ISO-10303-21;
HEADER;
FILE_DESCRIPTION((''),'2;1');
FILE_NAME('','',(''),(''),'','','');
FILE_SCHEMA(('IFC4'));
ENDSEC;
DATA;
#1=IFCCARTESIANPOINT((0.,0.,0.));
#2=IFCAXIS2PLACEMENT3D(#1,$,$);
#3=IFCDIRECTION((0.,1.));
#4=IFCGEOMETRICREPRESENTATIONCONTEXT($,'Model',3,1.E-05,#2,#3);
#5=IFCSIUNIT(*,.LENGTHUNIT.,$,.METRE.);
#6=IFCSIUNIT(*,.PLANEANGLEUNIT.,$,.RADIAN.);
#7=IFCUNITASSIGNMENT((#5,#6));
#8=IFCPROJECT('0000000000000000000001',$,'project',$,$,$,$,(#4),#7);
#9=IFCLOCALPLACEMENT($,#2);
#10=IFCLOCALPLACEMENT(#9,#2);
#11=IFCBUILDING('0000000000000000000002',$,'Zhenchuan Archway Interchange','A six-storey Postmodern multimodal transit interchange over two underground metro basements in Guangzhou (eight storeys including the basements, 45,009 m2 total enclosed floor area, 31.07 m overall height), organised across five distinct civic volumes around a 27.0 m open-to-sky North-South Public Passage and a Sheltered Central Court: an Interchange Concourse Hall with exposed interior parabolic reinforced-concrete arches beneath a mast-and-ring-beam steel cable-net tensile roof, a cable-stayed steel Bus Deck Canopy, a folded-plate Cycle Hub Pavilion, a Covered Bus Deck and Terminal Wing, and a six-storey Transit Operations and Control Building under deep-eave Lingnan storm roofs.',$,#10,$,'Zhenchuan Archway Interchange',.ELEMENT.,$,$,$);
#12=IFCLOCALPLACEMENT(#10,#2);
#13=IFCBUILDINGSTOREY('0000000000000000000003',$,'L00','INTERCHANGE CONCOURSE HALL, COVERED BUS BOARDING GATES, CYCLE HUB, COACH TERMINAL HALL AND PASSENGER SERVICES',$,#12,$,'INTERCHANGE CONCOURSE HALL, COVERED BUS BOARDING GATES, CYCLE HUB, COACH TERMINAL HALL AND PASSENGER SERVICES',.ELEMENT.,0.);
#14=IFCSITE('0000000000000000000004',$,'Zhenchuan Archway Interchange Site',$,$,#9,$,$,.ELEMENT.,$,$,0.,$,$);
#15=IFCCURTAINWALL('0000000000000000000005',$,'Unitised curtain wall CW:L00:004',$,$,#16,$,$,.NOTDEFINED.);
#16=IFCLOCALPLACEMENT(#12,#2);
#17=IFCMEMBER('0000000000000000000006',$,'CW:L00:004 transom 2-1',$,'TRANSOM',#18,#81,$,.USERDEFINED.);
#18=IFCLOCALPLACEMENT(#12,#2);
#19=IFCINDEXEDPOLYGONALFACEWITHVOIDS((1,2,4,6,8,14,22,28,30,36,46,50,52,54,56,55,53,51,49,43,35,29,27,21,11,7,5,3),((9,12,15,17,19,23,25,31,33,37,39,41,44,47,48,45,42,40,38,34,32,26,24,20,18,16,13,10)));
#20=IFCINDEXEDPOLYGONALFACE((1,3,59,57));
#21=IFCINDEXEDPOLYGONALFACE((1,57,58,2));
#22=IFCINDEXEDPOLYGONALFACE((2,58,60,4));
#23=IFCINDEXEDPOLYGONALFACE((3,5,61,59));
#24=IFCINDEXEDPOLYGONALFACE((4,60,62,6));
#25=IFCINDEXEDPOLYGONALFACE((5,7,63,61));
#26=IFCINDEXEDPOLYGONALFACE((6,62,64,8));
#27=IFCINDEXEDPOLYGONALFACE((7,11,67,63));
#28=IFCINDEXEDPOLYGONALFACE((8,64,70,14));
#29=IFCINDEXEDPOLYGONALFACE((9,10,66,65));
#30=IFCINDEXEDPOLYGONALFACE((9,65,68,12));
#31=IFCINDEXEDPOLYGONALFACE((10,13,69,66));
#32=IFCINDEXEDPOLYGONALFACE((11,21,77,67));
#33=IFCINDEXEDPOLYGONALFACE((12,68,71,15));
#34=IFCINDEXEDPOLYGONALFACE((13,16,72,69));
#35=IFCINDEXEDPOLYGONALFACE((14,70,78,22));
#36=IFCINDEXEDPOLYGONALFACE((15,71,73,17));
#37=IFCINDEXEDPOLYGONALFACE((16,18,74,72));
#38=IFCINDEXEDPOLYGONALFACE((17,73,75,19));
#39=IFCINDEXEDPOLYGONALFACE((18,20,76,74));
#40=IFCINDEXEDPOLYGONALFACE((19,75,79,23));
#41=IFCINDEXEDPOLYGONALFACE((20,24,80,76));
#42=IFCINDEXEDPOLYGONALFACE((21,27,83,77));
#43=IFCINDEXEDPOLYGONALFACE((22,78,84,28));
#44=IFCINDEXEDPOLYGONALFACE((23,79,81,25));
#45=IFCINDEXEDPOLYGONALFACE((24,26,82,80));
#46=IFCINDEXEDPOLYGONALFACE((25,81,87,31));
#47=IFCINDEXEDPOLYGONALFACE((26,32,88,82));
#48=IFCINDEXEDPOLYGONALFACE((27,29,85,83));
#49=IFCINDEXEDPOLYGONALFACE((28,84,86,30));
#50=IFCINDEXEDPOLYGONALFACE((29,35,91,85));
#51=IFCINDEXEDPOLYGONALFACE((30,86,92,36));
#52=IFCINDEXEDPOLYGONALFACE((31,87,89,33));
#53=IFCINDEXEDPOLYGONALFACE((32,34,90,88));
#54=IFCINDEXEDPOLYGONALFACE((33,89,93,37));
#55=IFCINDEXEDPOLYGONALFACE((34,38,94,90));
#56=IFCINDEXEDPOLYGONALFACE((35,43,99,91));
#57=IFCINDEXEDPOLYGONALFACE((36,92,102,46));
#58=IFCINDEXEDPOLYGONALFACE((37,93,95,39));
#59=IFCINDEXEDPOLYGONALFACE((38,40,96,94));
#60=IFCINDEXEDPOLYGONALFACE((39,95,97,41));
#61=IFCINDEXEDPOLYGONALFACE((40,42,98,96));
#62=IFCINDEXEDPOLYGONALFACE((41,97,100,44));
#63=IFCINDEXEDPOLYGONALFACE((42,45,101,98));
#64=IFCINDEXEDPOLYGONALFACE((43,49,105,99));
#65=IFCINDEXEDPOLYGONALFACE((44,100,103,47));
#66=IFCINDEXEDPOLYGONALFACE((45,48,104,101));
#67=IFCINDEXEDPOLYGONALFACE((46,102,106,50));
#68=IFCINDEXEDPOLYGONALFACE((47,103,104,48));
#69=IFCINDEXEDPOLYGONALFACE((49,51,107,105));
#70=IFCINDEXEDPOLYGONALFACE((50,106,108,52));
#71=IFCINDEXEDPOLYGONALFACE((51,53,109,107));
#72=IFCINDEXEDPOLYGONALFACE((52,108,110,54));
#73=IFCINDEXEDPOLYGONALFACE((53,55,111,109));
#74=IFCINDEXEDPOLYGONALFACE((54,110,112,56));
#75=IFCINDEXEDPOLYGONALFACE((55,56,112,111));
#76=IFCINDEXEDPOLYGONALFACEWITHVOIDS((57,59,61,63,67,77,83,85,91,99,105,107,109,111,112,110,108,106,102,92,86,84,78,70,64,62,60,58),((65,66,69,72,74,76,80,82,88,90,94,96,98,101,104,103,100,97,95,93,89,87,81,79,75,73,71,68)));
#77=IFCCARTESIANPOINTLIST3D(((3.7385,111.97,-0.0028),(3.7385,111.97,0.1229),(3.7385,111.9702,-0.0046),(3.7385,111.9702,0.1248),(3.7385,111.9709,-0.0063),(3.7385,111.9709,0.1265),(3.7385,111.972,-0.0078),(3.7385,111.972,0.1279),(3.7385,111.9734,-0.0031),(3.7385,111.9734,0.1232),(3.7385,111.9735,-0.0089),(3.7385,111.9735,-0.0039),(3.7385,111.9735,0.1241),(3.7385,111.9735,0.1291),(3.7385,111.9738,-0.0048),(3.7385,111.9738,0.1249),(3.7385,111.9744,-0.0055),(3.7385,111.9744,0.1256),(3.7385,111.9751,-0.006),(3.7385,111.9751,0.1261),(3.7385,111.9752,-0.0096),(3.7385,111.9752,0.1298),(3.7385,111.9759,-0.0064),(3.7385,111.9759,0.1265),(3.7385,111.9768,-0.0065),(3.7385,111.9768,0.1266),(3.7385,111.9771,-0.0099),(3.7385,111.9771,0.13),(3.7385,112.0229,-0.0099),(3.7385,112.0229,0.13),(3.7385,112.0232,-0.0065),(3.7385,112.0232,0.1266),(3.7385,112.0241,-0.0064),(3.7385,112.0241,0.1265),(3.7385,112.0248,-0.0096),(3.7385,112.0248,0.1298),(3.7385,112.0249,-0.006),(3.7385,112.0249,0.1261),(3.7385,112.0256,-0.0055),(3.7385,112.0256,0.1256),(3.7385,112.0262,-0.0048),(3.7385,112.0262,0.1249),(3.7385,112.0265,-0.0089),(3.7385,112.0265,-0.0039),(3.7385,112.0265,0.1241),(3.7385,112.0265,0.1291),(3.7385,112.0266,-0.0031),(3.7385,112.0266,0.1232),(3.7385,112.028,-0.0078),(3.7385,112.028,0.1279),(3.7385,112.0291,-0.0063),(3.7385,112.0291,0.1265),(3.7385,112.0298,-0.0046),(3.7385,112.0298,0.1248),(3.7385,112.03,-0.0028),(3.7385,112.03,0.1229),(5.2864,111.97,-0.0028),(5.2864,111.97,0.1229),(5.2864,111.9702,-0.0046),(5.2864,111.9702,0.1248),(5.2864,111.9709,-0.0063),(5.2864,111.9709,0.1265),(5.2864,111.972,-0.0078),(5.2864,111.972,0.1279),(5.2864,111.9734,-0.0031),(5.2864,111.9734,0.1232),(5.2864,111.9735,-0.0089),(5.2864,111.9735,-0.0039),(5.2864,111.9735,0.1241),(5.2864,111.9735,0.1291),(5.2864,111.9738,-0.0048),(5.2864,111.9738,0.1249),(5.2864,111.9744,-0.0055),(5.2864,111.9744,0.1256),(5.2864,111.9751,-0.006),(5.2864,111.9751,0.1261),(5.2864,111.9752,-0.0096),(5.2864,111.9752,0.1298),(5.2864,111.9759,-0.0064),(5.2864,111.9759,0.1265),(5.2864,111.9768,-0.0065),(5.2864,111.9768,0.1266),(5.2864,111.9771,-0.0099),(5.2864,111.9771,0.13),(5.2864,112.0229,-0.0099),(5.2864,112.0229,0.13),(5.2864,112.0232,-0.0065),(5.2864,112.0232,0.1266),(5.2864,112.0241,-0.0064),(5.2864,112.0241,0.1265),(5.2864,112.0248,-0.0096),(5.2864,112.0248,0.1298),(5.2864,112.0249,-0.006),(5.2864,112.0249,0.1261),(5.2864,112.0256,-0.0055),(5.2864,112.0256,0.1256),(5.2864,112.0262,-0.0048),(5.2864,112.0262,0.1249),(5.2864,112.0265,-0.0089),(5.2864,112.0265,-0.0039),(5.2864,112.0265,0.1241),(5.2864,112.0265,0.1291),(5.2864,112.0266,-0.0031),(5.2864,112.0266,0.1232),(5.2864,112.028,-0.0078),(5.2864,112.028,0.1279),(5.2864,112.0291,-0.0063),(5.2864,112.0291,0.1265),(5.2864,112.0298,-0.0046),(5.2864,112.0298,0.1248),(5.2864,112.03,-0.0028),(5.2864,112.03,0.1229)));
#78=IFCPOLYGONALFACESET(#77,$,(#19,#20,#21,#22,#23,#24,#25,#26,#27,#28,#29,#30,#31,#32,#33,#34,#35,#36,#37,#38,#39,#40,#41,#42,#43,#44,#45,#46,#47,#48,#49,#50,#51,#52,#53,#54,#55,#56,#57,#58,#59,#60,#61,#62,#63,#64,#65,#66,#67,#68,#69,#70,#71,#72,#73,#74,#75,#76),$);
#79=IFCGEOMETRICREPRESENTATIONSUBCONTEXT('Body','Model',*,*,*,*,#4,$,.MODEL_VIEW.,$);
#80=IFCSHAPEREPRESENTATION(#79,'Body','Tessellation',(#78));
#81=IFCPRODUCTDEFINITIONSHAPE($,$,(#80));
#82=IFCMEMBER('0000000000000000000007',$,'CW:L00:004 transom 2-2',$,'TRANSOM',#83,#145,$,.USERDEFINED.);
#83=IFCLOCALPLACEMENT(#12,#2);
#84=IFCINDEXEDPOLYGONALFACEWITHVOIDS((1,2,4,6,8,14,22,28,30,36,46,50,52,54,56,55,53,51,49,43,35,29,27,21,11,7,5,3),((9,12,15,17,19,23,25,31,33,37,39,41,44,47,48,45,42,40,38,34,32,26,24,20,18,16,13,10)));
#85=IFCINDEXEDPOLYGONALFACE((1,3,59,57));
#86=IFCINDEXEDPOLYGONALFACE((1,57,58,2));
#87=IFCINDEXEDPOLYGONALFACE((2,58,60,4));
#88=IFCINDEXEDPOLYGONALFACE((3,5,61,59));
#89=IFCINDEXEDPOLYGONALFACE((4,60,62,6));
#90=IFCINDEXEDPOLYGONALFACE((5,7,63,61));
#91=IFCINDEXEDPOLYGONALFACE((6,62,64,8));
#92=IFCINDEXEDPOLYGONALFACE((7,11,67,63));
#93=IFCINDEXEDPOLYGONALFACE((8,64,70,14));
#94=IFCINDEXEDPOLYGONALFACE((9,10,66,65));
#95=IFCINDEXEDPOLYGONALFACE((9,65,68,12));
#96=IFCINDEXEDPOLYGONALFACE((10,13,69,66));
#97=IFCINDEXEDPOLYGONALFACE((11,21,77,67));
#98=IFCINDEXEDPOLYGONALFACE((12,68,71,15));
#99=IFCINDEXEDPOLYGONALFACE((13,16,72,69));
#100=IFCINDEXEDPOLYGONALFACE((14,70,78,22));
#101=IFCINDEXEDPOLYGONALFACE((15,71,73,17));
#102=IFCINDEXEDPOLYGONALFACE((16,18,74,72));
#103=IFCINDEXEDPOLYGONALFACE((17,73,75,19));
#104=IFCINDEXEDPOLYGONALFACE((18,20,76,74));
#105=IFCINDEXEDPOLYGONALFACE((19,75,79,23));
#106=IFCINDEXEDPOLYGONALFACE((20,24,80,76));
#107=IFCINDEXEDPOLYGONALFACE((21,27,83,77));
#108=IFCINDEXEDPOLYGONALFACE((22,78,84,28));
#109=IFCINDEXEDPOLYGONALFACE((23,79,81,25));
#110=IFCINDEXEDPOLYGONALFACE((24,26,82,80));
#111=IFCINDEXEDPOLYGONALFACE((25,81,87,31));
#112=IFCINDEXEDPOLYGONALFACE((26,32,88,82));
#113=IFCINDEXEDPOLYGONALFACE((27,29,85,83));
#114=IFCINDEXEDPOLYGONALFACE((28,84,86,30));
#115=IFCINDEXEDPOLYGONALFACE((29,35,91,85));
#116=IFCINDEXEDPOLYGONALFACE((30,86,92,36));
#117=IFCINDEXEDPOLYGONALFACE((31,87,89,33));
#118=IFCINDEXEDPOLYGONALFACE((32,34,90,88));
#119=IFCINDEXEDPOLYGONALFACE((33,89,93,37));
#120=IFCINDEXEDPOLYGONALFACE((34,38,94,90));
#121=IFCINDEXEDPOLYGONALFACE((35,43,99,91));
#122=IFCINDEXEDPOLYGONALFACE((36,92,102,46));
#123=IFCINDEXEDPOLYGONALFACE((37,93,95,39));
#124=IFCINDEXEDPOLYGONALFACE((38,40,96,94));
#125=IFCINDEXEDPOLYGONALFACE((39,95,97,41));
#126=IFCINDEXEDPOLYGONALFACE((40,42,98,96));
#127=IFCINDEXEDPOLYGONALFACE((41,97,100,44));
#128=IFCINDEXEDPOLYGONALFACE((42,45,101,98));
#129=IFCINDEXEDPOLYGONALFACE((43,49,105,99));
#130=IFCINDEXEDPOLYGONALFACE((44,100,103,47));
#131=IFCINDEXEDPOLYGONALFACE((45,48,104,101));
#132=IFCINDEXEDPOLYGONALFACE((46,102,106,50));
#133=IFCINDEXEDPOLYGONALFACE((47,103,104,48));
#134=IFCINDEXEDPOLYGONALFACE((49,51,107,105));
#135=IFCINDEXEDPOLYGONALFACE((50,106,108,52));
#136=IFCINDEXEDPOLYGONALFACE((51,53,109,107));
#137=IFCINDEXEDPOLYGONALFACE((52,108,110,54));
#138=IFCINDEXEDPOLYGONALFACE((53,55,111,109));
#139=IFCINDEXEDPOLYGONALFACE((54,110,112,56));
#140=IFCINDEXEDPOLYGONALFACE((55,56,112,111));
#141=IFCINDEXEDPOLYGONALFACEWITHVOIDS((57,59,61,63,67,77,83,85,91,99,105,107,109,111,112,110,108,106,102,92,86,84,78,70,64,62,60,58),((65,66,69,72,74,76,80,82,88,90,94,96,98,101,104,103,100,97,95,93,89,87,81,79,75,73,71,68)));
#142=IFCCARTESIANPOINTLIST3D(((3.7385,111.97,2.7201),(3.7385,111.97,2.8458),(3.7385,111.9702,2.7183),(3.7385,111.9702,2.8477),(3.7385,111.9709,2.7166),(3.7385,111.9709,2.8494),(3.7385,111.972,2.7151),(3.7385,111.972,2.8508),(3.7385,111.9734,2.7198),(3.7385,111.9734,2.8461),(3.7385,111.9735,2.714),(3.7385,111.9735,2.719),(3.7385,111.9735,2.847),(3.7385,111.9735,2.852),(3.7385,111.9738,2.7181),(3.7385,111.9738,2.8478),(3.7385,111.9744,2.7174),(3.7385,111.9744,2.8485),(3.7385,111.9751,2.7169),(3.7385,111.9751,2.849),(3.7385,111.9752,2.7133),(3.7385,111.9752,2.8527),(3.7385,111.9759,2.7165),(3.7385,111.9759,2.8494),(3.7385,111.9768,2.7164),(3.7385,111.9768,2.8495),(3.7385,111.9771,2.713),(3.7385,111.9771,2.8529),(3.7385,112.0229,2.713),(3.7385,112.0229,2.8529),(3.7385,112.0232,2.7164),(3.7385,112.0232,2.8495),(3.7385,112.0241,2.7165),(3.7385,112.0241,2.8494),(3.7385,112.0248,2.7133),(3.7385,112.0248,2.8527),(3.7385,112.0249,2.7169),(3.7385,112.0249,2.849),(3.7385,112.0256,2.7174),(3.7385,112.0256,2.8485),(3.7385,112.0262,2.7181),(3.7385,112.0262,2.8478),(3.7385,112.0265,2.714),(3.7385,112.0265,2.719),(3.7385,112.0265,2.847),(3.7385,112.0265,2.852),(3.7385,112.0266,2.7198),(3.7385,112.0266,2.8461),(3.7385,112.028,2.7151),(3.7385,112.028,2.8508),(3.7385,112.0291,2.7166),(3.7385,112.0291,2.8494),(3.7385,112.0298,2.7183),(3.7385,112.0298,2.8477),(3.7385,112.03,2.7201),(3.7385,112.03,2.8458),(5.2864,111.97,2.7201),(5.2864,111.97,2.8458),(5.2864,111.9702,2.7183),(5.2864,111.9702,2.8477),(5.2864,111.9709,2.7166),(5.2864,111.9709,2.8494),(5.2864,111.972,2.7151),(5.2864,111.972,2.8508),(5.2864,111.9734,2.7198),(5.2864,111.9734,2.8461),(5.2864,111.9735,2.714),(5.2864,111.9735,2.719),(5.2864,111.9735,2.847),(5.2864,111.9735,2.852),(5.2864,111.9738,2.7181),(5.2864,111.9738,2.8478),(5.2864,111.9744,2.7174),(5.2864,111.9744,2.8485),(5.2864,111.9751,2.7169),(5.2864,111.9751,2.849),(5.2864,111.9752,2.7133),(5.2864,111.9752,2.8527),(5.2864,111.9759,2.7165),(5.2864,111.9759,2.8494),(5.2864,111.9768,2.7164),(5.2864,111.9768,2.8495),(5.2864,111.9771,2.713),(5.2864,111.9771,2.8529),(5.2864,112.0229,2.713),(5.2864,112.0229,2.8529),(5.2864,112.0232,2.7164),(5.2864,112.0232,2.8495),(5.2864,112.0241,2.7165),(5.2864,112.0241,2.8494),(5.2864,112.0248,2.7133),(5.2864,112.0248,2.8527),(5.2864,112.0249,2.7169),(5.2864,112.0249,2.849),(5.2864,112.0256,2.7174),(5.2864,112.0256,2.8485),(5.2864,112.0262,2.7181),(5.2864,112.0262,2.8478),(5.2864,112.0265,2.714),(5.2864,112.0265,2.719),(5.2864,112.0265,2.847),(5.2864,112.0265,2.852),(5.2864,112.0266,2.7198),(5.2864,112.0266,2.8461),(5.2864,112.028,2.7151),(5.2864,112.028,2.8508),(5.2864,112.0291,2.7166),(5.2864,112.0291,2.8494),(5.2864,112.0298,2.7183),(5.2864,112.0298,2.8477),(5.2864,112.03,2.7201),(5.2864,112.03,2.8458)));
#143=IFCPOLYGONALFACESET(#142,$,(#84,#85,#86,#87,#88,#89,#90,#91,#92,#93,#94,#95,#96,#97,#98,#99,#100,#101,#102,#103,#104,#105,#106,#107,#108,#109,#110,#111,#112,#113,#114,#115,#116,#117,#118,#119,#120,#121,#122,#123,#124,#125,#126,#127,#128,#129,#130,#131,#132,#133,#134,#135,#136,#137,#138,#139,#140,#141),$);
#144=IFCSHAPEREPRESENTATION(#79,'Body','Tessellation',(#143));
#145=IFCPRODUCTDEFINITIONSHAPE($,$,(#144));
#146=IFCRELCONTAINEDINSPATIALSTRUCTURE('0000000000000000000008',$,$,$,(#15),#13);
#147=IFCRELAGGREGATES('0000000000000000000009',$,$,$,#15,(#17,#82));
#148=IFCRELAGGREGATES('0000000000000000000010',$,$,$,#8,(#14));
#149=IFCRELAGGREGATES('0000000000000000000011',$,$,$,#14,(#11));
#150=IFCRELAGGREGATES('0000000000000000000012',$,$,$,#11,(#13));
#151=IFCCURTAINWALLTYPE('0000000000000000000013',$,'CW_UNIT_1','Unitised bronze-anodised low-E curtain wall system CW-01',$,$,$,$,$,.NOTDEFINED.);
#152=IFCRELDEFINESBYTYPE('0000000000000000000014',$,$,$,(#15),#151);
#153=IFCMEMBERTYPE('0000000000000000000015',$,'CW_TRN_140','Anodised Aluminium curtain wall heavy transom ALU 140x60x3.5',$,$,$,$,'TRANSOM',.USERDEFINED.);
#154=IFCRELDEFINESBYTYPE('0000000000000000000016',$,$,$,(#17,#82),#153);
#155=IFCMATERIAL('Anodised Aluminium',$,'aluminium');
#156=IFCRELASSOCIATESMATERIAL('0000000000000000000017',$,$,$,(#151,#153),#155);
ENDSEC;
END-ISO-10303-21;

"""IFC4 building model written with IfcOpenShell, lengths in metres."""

from ifc_helpers import new_model, si_unit, direction, frame, origin, origin_2d, place, context, subcontext, project, spatial, hollow_rectangle, extrude, material, material_profile, profile_set, type_object, element, aggregate, save


model = new_model("IFC4")

# Units and contexts
model_context = context("Model", 3, precision=1e-05, world=origin(), true_north=direction((0.0, 1.0)))
body_context = subcontext(model_context, "Body", "Model", "MODEL_VIEW")
ifc_project = project(units=[si_unit("LENGTHUNIT", "METRE"), si_unit("PLANEANGLEUNIT", "RADIAN")], contexts=[model_context])

# Site, building, storey
site_placement = place(None, origin())
site = spatial("IfcSite", under=ifc_project, at=site_placement, Name="Zhenchuan Archway Interchange Site", CompositionType="ELEMENT", RefElevation=0.0)
building_placement = place(site_placement, origin())
building = spatial("IfcBuilding", under=site, at=building_placement, Name="Zhenchuan Archway Interchange", Description="A six-storey Postmodern multimodal transit interchange over two underground metro basements in Guangzhou (eight storeys including the basements, 45,009 m2 total enclosed floor area, 31.07 m overall height), organised across five distinct civic volumes around a 27.0 m open-to-sky North-South Public Passage and a Sheltered Central Court: an Interchange Concourse Hall with exposed interior parabolic reinforced-concrete arches beneath a mast-and-ring-beam steel cable-net tensile roof, a cable-stayed steel Bus Deck Canopy, a folded-plate Cycle Hub Pavilion, a Covered Bus Deck and Terminal Wing, and a six-storey Transit Operations and Control Building under deep-eave Lingnan storm roofs.", LongName="Zhenchuan Archway Interchange", CompositionType="ELEMENT")
storey_placement = place(building_placement, origin())
storey = spatial("IfcBuildingStorey", under=building, at=storey_placement, Name="L00", Description="INTERCHANGE CONCOURSE HALL, COVERED BUS BOARDING GATES, CYCLE HUB, COACH TERMINAL HALL AND PASSENGER SERVICES", LongName="INTERCHANGE CONCOURSE HALL, COVERED BUS BOARDING GATES, CYCLE HUB, COACH TERMINAL HALL AND PASSENGER SERVICES", CompositionType="ELEMENT", Elevation=0.0)

# Curtain wall, members
ifc_material_1 = material(Name="Anodised Aluminium", Category="aluminium")
curtain_wall_type = type_object("IfcCurtainWallType", Name="CW_UNIT_1", Description="Unitised bronze-anodised low-E curtain wall system CW-01", PredefinedType="NOTDEFINED", material=ifc_material_1)
curtain_wall_placement = place(storey_placement, origin())
curtain_wall = element("IfcCurtainWall", 1, at=curtain_wall_placement, inside=storey, type_object=curtain_wall_type, Name="Unitised curtain wall CW:L00:004", PredefinedType="NOTDEFINED")
ifc_material_profile_1 = material_profile(ifc_material_1, hollow_rectangle(XDim=0.0601, YDim=0.1399, WallThickness=0.0034, InnerFilletRadius=0.0034, OuterFilletRadius=0.0071, at=origin_2d()), Name="ALU 140x60x3.5")
ifc_profile_set_1 = profile_set([ifc_material_profile_1], Name="Anodised Aluminium")
member_type_1 = type_object("IfcMemberType", Name="CW_TRN_140", Description="Anodised Aluminium curtain wall heavy transom ALU 140x60x3.5", ElementType="TRANSOM", PredefinedType="USERDEFINED", material=ifc_profile_set_1)
member_1_placement = place(storey_placement, frame((3.7385, 112.0, 0.0601), z_axis=(1.0, 0.0, 0.0), x_axis=(0.0, 1.0, 0.0)))
member_1 = element("IfcMember", 2, at=member_1_placement, type_object=member_type_1, Name="CW:L00:004 transom 2-1", ObjectType="TRANSOM", PredefinedType="USERDEFINED", context=body_context, shape_type="SweptSolid", body=[
    extrude(hollow_rectangle(XDim=0.0601, YDim=0.1399, WallThickness=0.0034, InnerFilletRadius=0.0034, OuterFilletRadius=0.0071, at=origin_2d()), origin(), (0.0, 0.0, 1.0), 1.5479),
])
member_2_placement = place(storey_placement, frame((3.7385, 112.0, 2.783), z_axis=(1.0, 0.0, 0.0), x_axis=(0.0, 1.0, 0.0)))
member_2 = element("IfcMember", 3, at=member_2_placement, type_object=member_type_1, Name="CW:L00:004 transom 2-2", ObjectType="TRANSOM", PredefinedType="USERDEFINED", context=body_context, shape_type="SweptSolid", body=[
    extrude(hollow_rectangle(XDim=0.0601, YDim=0.1399, WallThickness=0.0034, InnerFilletRadius=0.0034, OuterFilletRadius=0.0071, at=origin_2d()), origin(), (0.0, 0.0, 1.0), 1.5479),
])

aggregate(curtain_wall, [member_1, member_2])

save(model, "model.ifc")
